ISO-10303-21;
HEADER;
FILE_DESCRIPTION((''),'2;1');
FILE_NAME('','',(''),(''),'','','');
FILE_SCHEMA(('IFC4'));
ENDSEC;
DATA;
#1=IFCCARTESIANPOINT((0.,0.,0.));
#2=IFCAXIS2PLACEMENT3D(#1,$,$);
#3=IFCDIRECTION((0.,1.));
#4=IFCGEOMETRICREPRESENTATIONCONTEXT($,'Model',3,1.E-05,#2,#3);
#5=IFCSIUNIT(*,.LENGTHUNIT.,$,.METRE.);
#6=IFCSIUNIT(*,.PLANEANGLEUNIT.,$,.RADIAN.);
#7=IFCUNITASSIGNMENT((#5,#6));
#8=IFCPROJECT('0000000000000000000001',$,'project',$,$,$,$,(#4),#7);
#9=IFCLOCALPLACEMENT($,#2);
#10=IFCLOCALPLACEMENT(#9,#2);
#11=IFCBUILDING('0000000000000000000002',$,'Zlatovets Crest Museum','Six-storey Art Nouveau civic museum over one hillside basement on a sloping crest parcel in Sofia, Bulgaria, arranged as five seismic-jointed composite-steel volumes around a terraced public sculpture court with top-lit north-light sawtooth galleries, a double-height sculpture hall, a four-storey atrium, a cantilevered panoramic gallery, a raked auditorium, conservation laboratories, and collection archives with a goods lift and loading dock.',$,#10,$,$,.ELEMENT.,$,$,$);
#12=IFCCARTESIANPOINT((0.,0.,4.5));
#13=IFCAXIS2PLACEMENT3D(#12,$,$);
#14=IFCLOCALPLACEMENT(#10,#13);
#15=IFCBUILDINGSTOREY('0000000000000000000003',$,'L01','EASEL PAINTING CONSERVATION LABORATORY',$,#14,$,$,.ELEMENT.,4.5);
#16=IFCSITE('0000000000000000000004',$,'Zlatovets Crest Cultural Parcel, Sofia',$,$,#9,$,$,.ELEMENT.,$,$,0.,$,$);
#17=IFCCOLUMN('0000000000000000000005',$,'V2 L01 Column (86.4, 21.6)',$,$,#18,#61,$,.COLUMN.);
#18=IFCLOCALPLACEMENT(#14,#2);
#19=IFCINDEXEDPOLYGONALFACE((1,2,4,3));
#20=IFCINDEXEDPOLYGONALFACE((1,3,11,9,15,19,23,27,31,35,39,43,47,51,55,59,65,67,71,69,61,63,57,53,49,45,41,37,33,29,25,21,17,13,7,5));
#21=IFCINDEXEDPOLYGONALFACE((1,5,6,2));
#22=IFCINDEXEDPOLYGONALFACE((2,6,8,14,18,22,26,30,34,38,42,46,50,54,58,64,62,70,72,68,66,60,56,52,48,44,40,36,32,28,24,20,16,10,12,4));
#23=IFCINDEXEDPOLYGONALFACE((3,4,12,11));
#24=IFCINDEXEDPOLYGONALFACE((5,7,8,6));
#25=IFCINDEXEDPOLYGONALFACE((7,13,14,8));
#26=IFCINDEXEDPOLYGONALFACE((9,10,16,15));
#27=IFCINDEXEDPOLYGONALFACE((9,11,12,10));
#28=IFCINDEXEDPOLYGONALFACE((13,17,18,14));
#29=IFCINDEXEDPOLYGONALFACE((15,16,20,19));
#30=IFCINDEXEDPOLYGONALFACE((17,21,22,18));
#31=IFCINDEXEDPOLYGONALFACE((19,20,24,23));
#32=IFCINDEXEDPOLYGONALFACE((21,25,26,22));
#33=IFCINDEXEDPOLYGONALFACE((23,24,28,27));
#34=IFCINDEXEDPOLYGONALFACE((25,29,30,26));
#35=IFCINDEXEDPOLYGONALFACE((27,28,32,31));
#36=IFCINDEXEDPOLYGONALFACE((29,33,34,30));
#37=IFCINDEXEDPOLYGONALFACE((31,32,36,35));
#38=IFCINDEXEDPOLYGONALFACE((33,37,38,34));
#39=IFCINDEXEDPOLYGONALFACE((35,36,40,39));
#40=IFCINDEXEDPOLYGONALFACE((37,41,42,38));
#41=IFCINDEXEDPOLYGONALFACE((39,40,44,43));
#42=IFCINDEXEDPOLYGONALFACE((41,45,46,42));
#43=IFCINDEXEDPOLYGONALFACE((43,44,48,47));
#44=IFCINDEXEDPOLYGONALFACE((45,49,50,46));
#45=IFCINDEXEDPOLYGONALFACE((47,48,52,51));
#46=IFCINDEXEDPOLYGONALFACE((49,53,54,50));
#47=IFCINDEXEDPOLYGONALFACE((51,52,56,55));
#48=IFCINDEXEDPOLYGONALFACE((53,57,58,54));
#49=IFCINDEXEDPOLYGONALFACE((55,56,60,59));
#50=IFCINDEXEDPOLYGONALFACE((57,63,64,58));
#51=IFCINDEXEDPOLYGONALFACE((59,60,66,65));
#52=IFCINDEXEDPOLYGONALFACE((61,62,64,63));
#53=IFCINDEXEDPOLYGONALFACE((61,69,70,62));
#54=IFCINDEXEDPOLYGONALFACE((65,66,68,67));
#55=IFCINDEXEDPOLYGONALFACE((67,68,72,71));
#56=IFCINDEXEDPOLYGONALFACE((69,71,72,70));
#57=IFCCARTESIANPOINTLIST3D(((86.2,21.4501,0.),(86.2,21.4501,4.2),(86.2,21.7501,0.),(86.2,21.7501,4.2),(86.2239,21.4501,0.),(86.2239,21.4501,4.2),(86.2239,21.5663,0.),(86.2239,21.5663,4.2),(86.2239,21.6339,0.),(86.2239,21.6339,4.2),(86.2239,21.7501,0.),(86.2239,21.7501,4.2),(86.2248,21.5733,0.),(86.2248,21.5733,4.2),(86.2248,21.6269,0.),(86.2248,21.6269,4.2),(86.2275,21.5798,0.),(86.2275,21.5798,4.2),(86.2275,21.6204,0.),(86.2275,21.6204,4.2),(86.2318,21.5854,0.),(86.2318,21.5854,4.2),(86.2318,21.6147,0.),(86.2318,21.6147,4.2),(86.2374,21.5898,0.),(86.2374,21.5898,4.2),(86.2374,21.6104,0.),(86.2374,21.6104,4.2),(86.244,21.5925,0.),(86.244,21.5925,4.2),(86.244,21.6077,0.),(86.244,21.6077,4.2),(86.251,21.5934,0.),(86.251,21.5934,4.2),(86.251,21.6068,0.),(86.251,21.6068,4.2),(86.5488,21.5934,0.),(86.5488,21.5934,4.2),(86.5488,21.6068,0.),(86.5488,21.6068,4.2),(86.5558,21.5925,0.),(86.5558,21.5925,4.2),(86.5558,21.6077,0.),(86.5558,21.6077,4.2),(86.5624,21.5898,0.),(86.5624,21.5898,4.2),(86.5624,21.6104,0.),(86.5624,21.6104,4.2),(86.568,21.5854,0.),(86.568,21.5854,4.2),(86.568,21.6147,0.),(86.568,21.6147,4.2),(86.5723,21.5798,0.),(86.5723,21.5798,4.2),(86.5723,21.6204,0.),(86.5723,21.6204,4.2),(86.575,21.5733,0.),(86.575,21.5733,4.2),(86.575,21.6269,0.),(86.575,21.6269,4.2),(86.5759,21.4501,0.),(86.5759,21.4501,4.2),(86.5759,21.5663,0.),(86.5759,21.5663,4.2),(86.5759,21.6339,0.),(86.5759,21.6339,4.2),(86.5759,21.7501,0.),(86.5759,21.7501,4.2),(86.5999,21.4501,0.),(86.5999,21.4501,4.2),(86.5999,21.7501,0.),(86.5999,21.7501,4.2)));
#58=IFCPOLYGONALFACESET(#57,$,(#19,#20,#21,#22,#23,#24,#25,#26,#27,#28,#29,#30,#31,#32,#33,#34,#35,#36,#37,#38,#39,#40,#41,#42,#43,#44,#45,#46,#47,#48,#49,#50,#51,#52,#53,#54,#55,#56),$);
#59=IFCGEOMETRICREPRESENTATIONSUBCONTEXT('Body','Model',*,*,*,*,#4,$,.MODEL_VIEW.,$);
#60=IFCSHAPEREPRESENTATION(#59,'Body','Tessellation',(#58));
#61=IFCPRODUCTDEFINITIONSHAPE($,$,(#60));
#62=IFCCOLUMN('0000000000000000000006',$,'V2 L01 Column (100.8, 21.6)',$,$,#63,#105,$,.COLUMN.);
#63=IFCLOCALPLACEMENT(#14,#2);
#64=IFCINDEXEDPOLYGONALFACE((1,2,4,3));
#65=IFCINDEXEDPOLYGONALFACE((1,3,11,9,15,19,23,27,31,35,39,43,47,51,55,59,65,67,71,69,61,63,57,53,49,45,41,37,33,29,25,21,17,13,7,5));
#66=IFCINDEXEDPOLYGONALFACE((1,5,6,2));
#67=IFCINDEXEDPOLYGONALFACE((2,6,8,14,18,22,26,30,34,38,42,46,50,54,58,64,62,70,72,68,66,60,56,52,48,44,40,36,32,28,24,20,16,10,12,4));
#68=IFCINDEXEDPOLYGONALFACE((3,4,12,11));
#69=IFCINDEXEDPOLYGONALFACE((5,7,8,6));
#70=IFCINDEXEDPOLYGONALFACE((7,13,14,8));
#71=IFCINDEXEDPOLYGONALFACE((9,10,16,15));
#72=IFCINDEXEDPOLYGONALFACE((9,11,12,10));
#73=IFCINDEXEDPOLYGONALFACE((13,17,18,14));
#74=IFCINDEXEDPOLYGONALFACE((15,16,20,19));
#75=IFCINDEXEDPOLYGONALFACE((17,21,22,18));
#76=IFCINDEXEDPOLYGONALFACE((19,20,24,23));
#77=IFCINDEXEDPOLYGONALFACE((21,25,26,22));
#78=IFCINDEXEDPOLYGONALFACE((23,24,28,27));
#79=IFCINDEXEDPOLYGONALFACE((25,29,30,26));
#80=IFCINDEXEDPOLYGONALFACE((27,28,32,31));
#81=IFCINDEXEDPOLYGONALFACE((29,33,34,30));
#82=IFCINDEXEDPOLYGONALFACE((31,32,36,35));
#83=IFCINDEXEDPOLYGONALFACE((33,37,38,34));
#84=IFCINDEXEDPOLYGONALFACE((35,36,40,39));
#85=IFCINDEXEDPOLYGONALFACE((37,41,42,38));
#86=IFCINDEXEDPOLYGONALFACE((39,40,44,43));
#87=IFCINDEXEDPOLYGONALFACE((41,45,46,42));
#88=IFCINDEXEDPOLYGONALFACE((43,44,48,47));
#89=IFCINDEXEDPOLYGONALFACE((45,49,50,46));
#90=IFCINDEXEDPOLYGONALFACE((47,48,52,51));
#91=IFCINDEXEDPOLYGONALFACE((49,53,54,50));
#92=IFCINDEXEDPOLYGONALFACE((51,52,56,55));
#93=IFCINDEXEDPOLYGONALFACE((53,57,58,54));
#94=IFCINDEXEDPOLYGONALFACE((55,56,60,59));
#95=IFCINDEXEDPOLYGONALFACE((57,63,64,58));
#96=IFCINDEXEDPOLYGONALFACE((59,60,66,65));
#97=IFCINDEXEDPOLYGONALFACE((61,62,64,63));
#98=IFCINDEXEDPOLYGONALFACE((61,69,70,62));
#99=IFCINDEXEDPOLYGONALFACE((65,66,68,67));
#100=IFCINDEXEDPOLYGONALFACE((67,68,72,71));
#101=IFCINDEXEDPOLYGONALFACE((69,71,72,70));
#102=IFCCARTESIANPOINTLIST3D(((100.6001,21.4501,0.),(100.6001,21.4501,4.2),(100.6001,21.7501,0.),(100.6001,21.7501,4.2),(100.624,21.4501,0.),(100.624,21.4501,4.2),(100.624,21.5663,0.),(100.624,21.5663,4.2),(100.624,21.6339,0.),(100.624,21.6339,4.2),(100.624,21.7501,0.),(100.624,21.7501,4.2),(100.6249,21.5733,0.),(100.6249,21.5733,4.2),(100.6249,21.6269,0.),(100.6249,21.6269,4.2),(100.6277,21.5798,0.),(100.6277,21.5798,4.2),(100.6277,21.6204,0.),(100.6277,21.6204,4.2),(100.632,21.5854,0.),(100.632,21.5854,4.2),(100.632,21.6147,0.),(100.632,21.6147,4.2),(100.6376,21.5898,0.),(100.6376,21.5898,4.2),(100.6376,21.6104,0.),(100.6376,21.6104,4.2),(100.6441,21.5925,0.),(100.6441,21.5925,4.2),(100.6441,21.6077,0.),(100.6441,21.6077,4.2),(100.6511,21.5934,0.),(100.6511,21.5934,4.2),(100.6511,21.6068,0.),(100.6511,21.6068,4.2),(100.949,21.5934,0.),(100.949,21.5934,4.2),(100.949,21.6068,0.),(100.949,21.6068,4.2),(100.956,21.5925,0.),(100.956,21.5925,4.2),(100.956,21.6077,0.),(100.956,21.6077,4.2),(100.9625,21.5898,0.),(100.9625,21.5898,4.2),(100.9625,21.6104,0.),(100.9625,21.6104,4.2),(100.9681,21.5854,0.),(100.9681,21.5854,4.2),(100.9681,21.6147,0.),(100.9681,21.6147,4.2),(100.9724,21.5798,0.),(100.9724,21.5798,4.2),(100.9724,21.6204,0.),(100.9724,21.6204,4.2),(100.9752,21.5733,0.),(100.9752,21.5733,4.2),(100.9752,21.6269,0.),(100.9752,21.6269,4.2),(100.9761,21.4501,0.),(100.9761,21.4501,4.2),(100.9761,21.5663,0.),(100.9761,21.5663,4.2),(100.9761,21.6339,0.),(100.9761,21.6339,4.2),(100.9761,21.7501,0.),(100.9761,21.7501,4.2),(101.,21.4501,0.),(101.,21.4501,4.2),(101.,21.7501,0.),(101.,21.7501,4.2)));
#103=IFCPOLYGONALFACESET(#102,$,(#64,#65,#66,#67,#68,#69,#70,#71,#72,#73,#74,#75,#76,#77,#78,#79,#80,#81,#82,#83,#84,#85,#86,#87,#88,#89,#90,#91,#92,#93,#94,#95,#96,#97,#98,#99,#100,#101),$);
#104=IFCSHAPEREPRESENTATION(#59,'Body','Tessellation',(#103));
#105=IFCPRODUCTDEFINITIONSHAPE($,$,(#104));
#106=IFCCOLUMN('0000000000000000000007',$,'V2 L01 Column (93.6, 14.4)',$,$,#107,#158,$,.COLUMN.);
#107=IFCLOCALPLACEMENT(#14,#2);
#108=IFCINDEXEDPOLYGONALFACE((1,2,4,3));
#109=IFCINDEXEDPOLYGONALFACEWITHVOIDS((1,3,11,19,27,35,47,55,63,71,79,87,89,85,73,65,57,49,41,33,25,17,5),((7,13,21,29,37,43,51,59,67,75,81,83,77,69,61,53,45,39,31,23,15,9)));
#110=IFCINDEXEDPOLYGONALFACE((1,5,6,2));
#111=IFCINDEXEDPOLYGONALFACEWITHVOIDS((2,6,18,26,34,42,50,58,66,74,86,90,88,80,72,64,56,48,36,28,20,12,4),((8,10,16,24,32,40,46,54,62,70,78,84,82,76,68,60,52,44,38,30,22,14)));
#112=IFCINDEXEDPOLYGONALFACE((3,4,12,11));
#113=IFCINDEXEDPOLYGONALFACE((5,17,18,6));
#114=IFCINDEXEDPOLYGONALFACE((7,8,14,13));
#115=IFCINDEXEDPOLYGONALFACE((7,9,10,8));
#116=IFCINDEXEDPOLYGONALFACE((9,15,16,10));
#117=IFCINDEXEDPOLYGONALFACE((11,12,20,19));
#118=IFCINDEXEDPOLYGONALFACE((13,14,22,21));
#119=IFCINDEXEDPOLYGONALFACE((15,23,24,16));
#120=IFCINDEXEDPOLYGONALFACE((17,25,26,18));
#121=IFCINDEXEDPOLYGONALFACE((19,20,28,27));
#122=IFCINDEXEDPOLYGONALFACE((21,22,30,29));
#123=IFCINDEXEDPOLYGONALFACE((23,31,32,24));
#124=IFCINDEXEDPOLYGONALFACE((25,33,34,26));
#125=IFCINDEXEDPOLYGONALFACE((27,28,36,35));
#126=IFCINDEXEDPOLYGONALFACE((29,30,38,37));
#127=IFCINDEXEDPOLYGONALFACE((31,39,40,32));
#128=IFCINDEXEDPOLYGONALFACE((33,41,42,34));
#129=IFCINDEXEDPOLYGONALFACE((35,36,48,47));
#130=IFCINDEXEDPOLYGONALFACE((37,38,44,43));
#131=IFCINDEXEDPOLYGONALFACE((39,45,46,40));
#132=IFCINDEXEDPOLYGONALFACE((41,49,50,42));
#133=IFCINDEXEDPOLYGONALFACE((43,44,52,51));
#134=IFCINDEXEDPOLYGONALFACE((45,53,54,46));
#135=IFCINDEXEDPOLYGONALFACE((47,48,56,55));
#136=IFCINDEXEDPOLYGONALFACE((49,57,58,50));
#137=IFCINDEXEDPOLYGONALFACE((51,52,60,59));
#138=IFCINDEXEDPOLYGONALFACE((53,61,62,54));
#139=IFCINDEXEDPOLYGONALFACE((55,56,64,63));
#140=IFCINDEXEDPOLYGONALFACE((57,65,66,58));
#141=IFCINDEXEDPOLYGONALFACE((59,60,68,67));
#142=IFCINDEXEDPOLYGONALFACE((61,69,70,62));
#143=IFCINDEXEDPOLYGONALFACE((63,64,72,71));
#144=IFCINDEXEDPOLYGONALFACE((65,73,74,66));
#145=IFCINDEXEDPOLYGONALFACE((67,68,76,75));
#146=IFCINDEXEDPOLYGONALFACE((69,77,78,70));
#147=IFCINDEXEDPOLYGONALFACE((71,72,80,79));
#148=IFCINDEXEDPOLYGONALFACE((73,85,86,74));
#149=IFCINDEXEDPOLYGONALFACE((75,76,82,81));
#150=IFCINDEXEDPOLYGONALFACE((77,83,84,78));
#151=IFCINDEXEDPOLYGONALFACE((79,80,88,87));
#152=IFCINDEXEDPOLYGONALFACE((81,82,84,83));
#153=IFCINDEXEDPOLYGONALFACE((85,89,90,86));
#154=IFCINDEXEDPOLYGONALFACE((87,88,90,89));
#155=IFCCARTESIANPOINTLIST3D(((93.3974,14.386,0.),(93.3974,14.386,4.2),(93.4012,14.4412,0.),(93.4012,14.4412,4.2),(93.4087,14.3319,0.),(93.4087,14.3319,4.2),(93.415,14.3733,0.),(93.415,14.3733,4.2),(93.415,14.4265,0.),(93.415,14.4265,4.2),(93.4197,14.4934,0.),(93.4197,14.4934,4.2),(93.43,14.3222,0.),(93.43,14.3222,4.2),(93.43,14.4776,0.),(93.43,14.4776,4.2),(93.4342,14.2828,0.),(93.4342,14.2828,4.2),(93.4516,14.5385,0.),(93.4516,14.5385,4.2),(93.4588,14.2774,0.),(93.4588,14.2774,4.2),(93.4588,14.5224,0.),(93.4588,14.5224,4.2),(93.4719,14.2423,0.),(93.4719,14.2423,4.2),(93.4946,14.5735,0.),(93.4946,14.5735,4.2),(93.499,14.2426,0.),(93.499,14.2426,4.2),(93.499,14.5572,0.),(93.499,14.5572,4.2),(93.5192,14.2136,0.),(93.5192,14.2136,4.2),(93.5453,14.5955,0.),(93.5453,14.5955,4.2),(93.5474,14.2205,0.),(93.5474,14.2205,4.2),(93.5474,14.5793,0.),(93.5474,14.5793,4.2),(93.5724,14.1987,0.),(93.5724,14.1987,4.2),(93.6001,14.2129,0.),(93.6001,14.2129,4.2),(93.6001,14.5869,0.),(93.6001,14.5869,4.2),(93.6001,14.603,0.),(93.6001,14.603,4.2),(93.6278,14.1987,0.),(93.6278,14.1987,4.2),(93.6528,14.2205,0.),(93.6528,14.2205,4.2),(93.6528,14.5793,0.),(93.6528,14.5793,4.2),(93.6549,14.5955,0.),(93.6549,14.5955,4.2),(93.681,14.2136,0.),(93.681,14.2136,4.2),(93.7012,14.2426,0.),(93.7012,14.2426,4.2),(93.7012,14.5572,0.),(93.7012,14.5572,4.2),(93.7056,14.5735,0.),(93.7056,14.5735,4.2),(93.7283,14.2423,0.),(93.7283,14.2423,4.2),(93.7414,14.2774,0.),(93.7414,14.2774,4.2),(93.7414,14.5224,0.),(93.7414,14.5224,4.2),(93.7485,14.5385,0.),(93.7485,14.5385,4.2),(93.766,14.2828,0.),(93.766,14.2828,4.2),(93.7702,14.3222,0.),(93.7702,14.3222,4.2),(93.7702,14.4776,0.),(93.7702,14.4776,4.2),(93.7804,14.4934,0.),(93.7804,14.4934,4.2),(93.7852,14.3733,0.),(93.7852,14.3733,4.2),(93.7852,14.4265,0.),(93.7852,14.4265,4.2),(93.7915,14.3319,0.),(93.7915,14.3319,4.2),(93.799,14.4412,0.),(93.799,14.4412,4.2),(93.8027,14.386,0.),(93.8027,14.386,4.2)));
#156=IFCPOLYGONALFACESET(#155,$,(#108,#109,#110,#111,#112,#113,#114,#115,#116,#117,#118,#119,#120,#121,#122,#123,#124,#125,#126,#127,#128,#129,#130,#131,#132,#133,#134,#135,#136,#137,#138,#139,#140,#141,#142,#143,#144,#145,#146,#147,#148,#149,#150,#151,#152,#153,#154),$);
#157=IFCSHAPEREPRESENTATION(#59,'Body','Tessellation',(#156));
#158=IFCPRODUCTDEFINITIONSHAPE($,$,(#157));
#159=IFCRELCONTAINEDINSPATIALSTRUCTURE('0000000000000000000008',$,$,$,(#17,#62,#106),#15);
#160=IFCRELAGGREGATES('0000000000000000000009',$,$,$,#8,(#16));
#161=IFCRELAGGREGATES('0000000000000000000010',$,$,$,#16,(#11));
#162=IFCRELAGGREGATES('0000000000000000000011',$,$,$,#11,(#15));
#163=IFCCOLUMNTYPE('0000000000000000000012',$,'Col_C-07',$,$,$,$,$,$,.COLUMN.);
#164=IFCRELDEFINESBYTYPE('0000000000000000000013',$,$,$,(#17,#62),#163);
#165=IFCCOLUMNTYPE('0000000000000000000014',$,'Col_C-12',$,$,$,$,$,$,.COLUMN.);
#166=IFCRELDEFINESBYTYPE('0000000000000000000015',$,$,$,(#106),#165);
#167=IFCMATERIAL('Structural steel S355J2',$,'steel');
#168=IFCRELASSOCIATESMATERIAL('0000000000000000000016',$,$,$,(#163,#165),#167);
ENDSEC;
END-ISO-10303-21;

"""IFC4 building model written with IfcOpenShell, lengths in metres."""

from ifc_helpers import new_model, si_unit, direction, frame, origin, origin_2d, place, context, subcontext, project, spatial, hollow_circle, i_section, extrude, material, material_profile, profile_set, type_object, element, save


model = new_model("IFC4")

# Units and contexts
model_context = context("Model", 3, precision=1e-05, world=origin(), true_north=direction((0.0, 1.0)))
body_context = subcontext(model_context, "Body", "Model", "MODEL_VIEW")
ifc_project = project(units=[si_unit("LENGTHUNIT", "METRE"), si_unit("PLANEANGLEUNIT", "RADIAN")], contexts=[model_context])

# Site, building, storey
site_placement = place(None, origin())
site = spatial("IfcSite", under=ifc_project, at=site_placement, Name="Zlatovets Crest Cultural Parcel, Sofia", CompositionType="ELEMENT", RefElevation=0.0)
building_placement = place(site_placement, origin())
building = spatial("IfcBuilding", under=site, at=building_placement, Name="Zlatovets Crest Museum", Description="Six-storey Art Nouveau civic museum over one hillside basement on a sloping crest parcel in Sofia, Bulgaria, arranged as five seismic-jointed composite-steel volumes around a terraced public sculpture court with top-lit north-light sawtooth galleries, a double-height sculpture hall, a four-storey atrium, a cantilevered panoramic gallery, a raked auditorium, conservation laboratories, and collection archives with a goods lift and loading dock.", CompositionType="ELEMENT")
storey_placement = place(building_placement, frame((0.0, 0.0, 4.5)))
storey = spatial("IfcBuildingStorey", under=building, at=storey_placement, Name="L01", Description="EASEL PAINTING CONSERVATION LABORATORY", CompositionType="ELEMENT", Elevation=4.5)

# Columns
ifc_material_1 = material(Name="Structural steel S355J2", Category="steel")
ifc_material_profile_1 = material_profile(ifc_material_1, i_section(OverallWidth=0.3, OverallDepth=0.3999, WebThickness=0.0134, FlangeThickness=0.0239, FilletRadius=0.0271, at=origin_2d()), Name="HEB 400")
ifc_profile_set_1 = profile_set([ifc_material_profile_1], Name="Structural steel S355J2")
column_type_1 = type_object("IfcColumnType", Name="Col_C-07", PredefinedType="COLUMN", material=ifc_profile_set_1)
for number, where, z_axis, x_axis, name in (
    (1, (86.3999, 21.6001, 0.0), (0.0, 0.0, 1.0), (0.0, 1.0, 0.0), "V2 L01 Column (86.4, 21.6)"),
    (2, (100.8, 21.6001, 0.0), (0.0, 0.0, 1.0), (0.0, 1.0, 0.0), "V2 L01 Column (100.8, 21.6)"),
):
    element("IfcColumn", number, at=place(storey_placement, frame(where, z_axis=z_axis, x_axis=x_axis)), inside=storey, type_object=column_type_1, Name=name, PredefinedType="COLUMN", context=body_context, shape_type="SweptSolid", body=[
        extrude(i_section(OverallWidth=0.3, OverallDepth=0.3999, WebThickness=0.0134, FlangeThickness=0.0239, FilletRadius=0.0271, at=origin_2d()), origin(), (0.0, 0.0, 1.0), 4.2),
    ])
ifc_material_profile_2 = material_profile(ifc_material_1, hollow_circle(Radius=0.2031, WallThickness=0.0161, at=origin_2d()), Name="CHS 406.4x16.0")
ifc_profile_set_2 = profile_set([ifc_material_profile_2], Name="Structural steel S355J2")
column_type_2 = type_object("IfcColumnType", Name="Col_C-12", PredefinedType="COLUMN", material=ifc_profile_set_2)
for number, where, z_axis, x_axis, name in (
    (3, (93.6001, 14.3999, 0.0), (0.0, 0.0, 1.0), (0.0, 1.0, 0.0), "V2 L01 Column (93.6, 14.4)"),
):
    element("IfcColumn", number, at=place(storey_placement, frame(where, z_axis=z_axis, x_axis=x_axis)), inside=storey, type_object=column_type_2, Name=name, PredefinedType="COLUMN", context=body_context, shape_type="SweptSolid", body=[
        extrude(hollow_circle(Radius=0.2031, WallThickness=0.0161, at=origin_2d()), origin(), (0.0, 0.0, 1.0), 4.2),
    ])

save(model, "model.ifc")
